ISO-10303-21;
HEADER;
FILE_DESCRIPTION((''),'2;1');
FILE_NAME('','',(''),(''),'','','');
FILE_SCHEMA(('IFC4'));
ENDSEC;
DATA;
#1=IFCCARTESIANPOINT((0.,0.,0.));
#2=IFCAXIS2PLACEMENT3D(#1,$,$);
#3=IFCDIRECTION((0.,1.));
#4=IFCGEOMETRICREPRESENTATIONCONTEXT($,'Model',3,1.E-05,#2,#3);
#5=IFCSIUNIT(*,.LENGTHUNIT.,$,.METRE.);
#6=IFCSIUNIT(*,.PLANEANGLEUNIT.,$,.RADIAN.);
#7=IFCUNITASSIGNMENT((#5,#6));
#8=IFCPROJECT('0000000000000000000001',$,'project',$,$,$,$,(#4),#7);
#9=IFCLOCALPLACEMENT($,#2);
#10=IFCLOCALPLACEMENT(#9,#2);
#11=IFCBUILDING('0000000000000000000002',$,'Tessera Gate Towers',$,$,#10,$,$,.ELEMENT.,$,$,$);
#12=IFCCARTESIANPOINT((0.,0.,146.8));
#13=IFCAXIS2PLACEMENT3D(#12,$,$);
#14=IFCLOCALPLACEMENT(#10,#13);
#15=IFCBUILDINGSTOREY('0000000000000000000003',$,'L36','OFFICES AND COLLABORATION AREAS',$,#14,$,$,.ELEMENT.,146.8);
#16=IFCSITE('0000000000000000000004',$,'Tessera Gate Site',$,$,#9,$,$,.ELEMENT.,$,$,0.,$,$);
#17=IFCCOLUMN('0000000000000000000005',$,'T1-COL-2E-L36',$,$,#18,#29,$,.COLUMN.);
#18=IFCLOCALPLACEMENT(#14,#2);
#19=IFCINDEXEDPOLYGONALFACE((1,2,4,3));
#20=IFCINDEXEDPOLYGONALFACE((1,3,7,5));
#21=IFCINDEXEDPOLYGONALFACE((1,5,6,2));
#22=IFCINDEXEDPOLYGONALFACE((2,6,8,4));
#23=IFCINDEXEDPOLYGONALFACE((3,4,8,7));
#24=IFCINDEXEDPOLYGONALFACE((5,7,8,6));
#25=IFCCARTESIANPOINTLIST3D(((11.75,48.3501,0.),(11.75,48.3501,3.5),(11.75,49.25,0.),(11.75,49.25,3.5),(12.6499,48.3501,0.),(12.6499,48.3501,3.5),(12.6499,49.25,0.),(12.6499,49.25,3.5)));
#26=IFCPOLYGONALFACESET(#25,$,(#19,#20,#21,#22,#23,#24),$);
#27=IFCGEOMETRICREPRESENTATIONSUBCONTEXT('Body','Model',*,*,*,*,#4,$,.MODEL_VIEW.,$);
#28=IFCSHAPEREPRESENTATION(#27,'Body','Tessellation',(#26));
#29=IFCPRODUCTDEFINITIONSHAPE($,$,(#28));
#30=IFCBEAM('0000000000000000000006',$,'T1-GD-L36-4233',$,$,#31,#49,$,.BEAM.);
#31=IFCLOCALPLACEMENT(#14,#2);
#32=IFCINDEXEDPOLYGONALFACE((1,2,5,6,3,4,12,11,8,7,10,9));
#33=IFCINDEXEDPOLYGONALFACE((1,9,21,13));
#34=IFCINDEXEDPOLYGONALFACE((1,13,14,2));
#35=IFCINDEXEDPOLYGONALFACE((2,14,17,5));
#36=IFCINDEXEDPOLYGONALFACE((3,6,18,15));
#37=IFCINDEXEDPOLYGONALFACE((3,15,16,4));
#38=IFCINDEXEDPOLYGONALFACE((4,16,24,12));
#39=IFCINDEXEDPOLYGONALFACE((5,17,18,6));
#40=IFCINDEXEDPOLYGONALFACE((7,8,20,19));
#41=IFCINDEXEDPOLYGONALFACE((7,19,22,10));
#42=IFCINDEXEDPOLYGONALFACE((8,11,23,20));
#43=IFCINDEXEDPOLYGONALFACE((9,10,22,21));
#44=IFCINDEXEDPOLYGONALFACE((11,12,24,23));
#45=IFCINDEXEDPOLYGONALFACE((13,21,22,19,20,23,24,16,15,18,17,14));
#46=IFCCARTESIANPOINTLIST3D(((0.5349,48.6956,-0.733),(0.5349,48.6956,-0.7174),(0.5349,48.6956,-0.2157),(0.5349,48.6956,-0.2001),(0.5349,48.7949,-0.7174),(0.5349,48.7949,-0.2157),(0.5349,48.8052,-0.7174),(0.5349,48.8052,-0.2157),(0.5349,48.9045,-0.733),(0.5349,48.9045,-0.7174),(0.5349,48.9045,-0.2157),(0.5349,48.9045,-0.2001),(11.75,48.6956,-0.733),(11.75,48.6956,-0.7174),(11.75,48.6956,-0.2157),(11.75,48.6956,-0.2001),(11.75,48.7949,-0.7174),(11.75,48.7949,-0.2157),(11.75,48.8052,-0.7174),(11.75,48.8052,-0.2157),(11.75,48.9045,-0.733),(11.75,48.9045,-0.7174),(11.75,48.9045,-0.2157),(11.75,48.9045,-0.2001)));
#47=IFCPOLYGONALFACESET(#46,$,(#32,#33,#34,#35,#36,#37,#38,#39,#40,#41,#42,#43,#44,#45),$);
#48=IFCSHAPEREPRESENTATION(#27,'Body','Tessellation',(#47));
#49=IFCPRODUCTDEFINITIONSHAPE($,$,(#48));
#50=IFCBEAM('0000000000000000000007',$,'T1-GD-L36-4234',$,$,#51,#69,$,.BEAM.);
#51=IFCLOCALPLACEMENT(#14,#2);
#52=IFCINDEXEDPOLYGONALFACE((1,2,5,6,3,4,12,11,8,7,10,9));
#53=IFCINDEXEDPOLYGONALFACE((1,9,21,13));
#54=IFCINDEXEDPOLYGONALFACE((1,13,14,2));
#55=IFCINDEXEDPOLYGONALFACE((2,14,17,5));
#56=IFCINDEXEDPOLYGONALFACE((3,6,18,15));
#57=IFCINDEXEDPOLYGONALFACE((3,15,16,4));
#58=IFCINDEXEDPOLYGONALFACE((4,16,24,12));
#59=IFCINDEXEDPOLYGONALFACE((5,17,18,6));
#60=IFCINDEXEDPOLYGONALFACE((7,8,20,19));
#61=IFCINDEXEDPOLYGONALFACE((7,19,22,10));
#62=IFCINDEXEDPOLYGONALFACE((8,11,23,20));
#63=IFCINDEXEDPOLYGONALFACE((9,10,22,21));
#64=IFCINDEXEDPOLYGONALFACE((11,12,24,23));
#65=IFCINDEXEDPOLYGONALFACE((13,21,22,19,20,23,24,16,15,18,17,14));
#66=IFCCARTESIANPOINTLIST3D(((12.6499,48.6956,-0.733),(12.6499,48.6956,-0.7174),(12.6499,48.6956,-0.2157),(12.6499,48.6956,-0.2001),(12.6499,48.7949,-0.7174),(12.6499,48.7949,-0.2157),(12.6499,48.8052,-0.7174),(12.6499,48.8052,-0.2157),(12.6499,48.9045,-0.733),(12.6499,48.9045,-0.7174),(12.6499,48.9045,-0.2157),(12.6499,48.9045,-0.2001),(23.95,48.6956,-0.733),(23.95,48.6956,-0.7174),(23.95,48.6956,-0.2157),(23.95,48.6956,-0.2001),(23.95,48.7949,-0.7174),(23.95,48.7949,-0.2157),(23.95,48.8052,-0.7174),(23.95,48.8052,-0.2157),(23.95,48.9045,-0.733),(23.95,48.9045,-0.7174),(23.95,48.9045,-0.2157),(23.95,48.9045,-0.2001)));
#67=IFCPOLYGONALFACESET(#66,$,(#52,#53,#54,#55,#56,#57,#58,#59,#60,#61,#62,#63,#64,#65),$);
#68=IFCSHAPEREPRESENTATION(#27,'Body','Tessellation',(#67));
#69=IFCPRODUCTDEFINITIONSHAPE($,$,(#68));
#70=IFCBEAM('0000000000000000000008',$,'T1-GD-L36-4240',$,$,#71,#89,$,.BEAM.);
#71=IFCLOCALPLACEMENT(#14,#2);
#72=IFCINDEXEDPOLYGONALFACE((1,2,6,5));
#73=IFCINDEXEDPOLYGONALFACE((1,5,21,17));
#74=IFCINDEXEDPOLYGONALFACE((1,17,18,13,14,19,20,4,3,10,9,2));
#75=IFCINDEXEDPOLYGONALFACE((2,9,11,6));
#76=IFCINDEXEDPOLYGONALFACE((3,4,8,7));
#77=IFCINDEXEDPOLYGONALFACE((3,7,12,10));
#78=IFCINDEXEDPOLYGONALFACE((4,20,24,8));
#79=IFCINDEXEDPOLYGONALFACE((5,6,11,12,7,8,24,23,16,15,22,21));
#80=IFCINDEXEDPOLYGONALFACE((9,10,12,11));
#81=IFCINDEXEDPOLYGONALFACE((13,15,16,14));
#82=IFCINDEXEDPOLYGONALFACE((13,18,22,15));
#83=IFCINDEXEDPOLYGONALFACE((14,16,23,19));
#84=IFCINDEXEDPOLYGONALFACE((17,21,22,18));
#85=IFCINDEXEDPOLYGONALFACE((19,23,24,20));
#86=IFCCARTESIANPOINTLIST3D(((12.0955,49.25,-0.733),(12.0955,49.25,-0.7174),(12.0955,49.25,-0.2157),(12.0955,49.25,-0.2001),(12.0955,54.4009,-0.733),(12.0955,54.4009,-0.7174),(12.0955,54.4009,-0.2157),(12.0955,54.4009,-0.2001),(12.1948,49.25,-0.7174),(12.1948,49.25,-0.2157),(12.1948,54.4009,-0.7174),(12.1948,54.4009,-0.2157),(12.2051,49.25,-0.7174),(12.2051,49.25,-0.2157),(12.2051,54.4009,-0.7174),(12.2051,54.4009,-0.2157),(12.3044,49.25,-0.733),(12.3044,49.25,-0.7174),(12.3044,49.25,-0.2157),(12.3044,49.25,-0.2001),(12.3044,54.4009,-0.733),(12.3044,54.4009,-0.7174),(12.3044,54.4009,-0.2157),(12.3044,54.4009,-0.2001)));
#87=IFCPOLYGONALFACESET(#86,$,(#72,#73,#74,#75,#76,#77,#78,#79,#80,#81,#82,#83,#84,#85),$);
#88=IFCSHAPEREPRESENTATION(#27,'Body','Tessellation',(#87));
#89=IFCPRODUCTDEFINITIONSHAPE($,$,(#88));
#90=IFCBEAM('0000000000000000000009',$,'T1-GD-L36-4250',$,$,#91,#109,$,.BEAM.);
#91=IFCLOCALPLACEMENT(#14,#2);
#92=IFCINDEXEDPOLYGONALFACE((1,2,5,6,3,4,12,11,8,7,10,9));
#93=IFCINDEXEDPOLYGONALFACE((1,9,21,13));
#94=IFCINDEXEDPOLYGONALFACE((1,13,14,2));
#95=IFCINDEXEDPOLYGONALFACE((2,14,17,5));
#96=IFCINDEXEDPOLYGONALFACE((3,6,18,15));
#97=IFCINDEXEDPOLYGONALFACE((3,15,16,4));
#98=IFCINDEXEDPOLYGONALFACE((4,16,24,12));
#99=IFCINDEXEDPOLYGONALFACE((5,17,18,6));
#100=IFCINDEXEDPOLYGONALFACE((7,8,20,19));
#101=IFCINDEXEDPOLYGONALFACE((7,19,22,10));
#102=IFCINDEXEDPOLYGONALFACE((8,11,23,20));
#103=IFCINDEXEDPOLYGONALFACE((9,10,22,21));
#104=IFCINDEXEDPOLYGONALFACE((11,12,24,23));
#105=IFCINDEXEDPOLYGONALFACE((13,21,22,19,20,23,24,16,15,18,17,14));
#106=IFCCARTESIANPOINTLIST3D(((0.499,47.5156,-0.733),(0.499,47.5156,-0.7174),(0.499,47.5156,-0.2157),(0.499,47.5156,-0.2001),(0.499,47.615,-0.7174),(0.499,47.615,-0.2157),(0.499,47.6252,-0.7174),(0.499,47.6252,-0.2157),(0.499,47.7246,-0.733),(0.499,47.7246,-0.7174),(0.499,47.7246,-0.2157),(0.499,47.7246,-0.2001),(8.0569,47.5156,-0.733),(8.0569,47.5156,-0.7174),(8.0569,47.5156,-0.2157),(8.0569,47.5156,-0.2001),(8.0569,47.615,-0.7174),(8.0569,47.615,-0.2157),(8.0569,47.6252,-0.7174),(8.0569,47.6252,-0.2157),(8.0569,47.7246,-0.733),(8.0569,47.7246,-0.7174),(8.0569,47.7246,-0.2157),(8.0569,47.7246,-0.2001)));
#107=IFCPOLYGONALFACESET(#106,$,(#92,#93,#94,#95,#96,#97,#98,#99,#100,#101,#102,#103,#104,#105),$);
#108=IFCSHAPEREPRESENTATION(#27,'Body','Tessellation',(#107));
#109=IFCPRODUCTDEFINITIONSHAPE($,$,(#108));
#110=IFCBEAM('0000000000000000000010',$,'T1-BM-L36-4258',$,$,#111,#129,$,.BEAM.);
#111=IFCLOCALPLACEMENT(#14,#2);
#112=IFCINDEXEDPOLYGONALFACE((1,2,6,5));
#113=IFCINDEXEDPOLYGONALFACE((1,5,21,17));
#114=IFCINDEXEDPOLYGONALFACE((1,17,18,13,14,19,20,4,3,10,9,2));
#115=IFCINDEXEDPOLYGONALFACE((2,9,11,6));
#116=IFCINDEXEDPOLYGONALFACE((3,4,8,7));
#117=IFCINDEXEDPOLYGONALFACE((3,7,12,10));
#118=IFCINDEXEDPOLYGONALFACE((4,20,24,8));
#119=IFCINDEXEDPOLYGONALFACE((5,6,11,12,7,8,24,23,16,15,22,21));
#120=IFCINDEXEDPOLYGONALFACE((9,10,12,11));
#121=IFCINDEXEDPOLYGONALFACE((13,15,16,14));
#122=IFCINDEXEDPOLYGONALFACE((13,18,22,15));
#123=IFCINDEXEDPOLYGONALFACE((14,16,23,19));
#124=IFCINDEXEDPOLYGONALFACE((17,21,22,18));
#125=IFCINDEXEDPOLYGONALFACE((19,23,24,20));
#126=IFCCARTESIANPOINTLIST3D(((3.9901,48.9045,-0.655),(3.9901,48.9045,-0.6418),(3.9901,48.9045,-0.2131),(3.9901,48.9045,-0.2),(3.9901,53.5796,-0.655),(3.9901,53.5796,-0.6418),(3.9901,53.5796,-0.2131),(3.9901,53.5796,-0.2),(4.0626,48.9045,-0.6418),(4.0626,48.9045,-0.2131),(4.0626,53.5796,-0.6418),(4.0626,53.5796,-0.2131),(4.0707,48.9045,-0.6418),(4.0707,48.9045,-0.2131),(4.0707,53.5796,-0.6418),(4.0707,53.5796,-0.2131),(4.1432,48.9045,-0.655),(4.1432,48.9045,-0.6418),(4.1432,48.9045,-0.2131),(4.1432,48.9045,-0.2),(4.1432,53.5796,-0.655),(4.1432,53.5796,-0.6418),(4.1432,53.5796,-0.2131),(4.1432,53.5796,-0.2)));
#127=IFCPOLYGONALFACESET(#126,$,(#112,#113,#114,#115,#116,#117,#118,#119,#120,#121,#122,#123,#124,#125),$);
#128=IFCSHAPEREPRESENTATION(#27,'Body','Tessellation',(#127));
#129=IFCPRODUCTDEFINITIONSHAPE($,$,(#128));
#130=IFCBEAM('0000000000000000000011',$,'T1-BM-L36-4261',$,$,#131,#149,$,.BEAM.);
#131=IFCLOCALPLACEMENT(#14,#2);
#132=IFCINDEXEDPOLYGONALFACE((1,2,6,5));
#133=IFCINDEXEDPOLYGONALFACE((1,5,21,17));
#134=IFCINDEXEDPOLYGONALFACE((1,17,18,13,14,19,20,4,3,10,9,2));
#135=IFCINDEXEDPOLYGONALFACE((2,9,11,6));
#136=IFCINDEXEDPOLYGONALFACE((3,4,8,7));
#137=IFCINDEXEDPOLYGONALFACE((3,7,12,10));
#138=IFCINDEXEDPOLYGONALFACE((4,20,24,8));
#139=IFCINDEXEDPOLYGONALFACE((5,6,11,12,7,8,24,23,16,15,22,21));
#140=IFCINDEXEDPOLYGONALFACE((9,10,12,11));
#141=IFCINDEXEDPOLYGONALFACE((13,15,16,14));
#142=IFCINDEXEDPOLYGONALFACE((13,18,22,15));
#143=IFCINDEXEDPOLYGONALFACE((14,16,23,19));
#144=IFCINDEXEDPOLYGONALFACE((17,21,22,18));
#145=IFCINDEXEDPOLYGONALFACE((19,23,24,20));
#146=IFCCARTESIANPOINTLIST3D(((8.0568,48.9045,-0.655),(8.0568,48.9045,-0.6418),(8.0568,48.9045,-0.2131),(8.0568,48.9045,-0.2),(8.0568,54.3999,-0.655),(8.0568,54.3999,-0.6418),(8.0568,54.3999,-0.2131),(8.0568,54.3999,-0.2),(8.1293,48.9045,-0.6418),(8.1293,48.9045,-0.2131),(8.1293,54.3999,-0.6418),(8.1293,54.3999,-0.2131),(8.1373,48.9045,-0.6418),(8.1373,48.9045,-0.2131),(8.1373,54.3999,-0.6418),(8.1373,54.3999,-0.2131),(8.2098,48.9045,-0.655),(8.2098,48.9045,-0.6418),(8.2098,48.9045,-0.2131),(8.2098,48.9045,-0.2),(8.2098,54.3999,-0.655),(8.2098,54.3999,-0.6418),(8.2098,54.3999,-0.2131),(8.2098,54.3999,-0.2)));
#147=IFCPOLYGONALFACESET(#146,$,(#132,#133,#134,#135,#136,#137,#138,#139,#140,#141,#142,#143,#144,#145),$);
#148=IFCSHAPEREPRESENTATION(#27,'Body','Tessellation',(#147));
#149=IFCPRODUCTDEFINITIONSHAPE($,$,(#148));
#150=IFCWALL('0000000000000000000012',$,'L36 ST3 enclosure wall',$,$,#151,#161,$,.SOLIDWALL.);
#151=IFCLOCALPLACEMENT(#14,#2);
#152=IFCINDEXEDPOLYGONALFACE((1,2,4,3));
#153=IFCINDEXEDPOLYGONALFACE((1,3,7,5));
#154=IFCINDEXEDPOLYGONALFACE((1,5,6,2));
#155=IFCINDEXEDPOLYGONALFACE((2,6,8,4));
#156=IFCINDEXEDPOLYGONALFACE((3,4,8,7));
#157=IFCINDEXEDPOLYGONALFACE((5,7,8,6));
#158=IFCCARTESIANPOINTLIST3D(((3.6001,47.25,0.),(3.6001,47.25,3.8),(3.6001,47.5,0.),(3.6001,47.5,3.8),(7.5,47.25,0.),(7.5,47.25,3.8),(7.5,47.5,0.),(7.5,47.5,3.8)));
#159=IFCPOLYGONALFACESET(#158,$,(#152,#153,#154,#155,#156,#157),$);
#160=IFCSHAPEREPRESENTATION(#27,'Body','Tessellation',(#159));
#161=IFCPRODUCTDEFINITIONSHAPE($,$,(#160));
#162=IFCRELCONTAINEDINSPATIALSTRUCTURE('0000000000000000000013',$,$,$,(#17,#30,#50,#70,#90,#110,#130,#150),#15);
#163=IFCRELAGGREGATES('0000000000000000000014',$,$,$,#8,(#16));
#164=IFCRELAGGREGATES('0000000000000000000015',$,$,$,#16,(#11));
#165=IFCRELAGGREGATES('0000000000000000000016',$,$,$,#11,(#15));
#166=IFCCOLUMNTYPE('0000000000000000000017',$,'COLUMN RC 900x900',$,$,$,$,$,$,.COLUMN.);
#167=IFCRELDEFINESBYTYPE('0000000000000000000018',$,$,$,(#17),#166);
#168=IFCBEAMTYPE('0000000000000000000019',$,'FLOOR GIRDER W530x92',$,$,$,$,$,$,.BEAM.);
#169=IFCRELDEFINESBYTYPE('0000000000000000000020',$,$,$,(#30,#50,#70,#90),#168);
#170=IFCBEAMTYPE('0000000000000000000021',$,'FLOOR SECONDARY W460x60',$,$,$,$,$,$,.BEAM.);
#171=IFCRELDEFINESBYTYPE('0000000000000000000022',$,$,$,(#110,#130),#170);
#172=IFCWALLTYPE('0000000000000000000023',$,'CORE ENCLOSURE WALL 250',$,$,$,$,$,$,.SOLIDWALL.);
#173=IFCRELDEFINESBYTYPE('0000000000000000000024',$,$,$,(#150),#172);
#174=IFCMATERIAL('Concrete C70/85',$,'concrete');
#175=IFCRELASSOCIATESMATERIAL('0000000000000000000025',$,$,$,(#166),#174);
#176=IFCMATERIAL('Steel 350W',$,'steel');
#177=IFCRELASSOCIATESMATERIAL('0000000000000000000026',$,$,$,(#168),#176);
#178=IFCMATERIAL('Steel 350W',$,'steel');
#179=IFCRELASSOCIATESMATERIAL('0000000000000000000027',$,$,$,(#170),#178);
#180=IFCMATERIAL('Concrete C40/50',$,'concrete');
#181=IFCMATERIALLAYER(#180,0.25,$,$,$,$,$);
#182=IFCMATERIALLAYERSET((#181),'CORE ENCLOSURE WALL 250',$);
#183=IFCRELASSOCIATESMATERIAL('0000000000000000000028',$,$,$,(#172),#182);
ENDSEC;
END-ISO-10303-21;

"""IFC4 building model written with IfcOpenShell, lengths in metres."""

from ifc_helpers import new_model, si_unit, direction, frame, frame_2d, origin, origin_2d, place, context, subcontext, project, spatial, rectangle, i_section, extrude, material, layer, layer_set, material_profile, profile_set, type_object, element, save


model = new_model("IFC4")

# Units and contexts
model_context = context("Model", 3, precision=1e-05, world=origin(), true_north=direction((0.0, 1.0)))
body_context = subcontext(model_context, "Body", "Model", "MODEL_VIEW")
ifc_project = project(units=[si_unit("LENGTHUNIT", "METRE"), si_unit("PLANEANGLEUNIT", "RADIAN")], contexts=[model_context])

# Site, building, storey
site_placement = place(None, origin())
site = spatial("IfcSite", under=ifc_project, at=site_placement, Name="Tessera Gate Site", CompositionType="ELEMENT", RefElevation=0.0)
building_placement = place(site_placement, origin())
building = spatial("IfcBuilding", under=site, at=building_placement, Name="Tessera Gate Towers", CompositionType="ELEMENT")
storey_placement = place(building_placement, frame((0.0, 0.0, 146.8)))
storey = spatial("IfcBuildingStorey", under=building, at=storey_placement, Name="L36", Description="OFFICES AND COLLABORATION AREAS", CompositionType="ELEMENT", Elevation=146.8)

# Column
ifc_material_1 = material(Name="Concrete C70/85", Category="concrete")
ifc_material_profile_1 = material_profile(ifc_material_1, rectangle(XDim=0.8999, YDim=0.8999, at=origin_2d()), Name="RC 900x900")
ifc_profile_set_1 = profile_set([ifc_material_profile_1], Name="Concrete C70/85")
column_type = type_object("IfcColumnType", Name="COLUMN RC 900x900", PredefinedType="COLUMN", material=ifc_profile_set_1)
column_placement = place(storey_placement, frame((12.2, 48.8, 0.0), z_axis=(0.0, 0.0, 1.0), x_axis=(1.0, 0.0, 0.0)))
element("IfcColumn", 1, at=column_placement, inside=storey, type_object=column_type, Name="T1-COL-2E-L36", PredefinedType="COLUMN", context=body_context, shape_type="SweptSolid", body=[
    extrude(rectangle(XDim=0.8999, YDim=0.8999, at=origin_2d()), origin(), (0.0, 0.0, 1.0), 3.5),
])

# Beams
ifc_material_2 = material(Name="Steel 350W", Category="steel")
ifc_material_profile_2 = material_profile(ifc_material_2, i_section(OverallWidth=0.209, OverallDepth=0.533, WebThickness=0.0103, FlangeThickness=0.0156, at=origin_2d()), Name="W530x92")
ifc_profile_set_2 = profile_set([ifc_material_profile_2], Name="Steel 350W")
beam_type_1 = type_object("IfcBeamType", Name="FLOOR GIRDER W530x92", PredefinedType="BEAM", material=ifc_profile_set_2)
beam_1_placement = place(storey_placement, frame((0.5349, 48.8, -0.4666), z_axis=(1.0, 0.0, 0.0), x_axis=(0.0, 1.0, 0.0)))
element("IfcBeam", 2, at=beam_1_placement, inside=storey, type_object=beam_type_1, Name="T1-GD-L36-4233", PredefinedType="BEAM", context=body_context, shape_type="SweptSolid", body=[
    extrude(i_section(OverallWidth=0.209, OverallDepth=0.533, WebThickness=0.0103, FlangeThickness=0.0156, at=origin_2d()), origin(), (0.0, 0.0, 1.0), 11.2151),
])
beam_2_placement = place(storey_placement, frame((12.6499, 48.8, -0.4666), z_axis=(1.0, 0.0, 0.0), x_axis=(0.0, 1.0, 0.0)))
element("IfcBeam", 3, at=beam_2_placement, inside=storey, type_object=beam_type_1, Name="T1-GD-L36-4234", PredefinedType="BEAM", context=body_context, shape_type="SweptSolid", body=[
    extrude(i_section(OverallWidth=0.209, OverallDepth=0.533, WebThickness=0.0103, FlangeThickness=0.0156, at=origin_2d()), origin(), (0.0, 0.0, 1.0), 11.3),
])
beam_3_placement = place(storey_placement, frame((12.2, 49.25, -0.4666), z_axis=(0.0, 1.0, 0.0), x_axis=(-1.0, 0.0, 0.0)))
element("IfcBeam", 4, at=beam_3_placement, inside=storey, type_object=beam_type_1, Name="T1-GD-L36-4240", PredefinedType="BEAM", context=body_context, shape_type="SweptSolid", body=[
    extrude(i_section(OverallWidth=0.209, OverallDepth=0.533, WebThickness=0.0103, FlangeThickness=0.0156, at=origin_2d()), origin(), (0.0, 0.0, 1.0), 5.1509),
])
beam_4_placement = place(storey_placement, frame((0.499, 47.6201, -0.4666), z_axis=(1.0, 0.0, 0.0), x_axis=(0.0, 1.0, 0.0)))
element("IfcBeam", 5, at=beam_4_placement, inside=storey, type_object=beam_type_1, Name="T1-GD-L36-4250", PredefinedType="BEAM", context=body_context, shape_type="SweptSolid", body=[
    extrude(i_section(OverallWidth=0.209, OverallDepth=0.533, WebThickness=0.0103, FlangeThickness=0.0156, at=origin_2d()), origin(), (0.0, 0.0, 1.0), 7.5579),
])
ifc_material_3 = material(Name="Steel 350W", Category="steel")
ifc_material_profile_3 = material_profile(ifc_material_3, i_section(OverallWidth=0.1531, OverallDepth=0.4551, WebThickness=0.0081, FlangeThickness=0.0132, at=origin_2d()), Name="W460x60")
ifc_profile_set_3 = profile_set([ifc_material_profile_3], Name="Steel 350W")
beam_type_2 = type_object("IfcBeamType", Name="FLOOR SECONDARY W460x60", PredefinedType="BEAM", material=ifc_profile_set_3)
beam_5_placement = place(storey_placement, frame((4.0667, 48.9045, -0.4275), z_axis=(0.0, 1.0, 0.0), x_axis=(-1.0, 0.0, 0.0)))
element("IfcBeam", 6, at=beam_5_placement, inside=storey, type_object=beam_type_2, Name="T1-BM-L36-4258", PredefinedType="BEAM", context=body_context, shape_type="SweptSolid", body=[
    extrude(i_section(OverallWidth=0.1531, OverallDepth=0.4551, WebThickness=0.0081, FlangeThickness=0.0132, at=origin_2d()), origin(), (0.0, 0.0, 1.0), 4.675),
])
beam_6_placement = place(storey_placement, frame((8.1333, 48.9045, -0.4275), z_axis=(0.0, 1.0, 0.0), x_axis=(-1.0, 0.0, 0.0)))
element("IfcBeam", 7, at=beam_6_placement, inside=storey, type_object=beam_type_2, Name="T1-BM-L36-4261", PredefinedType="BEAM", context=body_context, shape_type="SweptSolid", body=[
    extrude(i_section(OverallWidth=0.1531, OverallDepth=0.4551, WebThickness=0.0081, FlangeThickness=0.0132, at=origin_2d()), origin(), (0.0, 0.0, 1.0), 5.4954),
])

# Wall
ifc_material_4 = material(Name="Concrete C40/50", Category="concrete")
ifc_layer_1 = layer(ifc_material_4, 0.25)
ifc_layer_set_1 = layer_set([ifc_layer_1], Name="CORE ENCLOSURE WALL 250")
wall_type_1 = type_object("IfcWallType", Name="CORE ENCLOSURE WALL 250", PredefinedType="SOLIDWALL", material=ifc_layer_set_1)
wall_1_placement = place(storey_placement, frame((3.6001, 47.375, 0.0), z_axis=(0.0, 0.0, 1.0), x_axis=(1.0, 0.0, 0.0)))
element("IfcWall", 8, at=wall_1_placement, inside=storey, type_object=wall_type_1, Name="L36 ST3 enclosure wall", PredefinedType="SOLIDWALL", context=body_context, shape_type="SweptSolid", body=[
    extrude(rectangle(XDim=3.8999, YDim=0.25, at=frame_2d((1.95, 0.0))), origin(), (0.0, 0.0, 1.0), 3.8),
])

save(model, "model.ifc")
